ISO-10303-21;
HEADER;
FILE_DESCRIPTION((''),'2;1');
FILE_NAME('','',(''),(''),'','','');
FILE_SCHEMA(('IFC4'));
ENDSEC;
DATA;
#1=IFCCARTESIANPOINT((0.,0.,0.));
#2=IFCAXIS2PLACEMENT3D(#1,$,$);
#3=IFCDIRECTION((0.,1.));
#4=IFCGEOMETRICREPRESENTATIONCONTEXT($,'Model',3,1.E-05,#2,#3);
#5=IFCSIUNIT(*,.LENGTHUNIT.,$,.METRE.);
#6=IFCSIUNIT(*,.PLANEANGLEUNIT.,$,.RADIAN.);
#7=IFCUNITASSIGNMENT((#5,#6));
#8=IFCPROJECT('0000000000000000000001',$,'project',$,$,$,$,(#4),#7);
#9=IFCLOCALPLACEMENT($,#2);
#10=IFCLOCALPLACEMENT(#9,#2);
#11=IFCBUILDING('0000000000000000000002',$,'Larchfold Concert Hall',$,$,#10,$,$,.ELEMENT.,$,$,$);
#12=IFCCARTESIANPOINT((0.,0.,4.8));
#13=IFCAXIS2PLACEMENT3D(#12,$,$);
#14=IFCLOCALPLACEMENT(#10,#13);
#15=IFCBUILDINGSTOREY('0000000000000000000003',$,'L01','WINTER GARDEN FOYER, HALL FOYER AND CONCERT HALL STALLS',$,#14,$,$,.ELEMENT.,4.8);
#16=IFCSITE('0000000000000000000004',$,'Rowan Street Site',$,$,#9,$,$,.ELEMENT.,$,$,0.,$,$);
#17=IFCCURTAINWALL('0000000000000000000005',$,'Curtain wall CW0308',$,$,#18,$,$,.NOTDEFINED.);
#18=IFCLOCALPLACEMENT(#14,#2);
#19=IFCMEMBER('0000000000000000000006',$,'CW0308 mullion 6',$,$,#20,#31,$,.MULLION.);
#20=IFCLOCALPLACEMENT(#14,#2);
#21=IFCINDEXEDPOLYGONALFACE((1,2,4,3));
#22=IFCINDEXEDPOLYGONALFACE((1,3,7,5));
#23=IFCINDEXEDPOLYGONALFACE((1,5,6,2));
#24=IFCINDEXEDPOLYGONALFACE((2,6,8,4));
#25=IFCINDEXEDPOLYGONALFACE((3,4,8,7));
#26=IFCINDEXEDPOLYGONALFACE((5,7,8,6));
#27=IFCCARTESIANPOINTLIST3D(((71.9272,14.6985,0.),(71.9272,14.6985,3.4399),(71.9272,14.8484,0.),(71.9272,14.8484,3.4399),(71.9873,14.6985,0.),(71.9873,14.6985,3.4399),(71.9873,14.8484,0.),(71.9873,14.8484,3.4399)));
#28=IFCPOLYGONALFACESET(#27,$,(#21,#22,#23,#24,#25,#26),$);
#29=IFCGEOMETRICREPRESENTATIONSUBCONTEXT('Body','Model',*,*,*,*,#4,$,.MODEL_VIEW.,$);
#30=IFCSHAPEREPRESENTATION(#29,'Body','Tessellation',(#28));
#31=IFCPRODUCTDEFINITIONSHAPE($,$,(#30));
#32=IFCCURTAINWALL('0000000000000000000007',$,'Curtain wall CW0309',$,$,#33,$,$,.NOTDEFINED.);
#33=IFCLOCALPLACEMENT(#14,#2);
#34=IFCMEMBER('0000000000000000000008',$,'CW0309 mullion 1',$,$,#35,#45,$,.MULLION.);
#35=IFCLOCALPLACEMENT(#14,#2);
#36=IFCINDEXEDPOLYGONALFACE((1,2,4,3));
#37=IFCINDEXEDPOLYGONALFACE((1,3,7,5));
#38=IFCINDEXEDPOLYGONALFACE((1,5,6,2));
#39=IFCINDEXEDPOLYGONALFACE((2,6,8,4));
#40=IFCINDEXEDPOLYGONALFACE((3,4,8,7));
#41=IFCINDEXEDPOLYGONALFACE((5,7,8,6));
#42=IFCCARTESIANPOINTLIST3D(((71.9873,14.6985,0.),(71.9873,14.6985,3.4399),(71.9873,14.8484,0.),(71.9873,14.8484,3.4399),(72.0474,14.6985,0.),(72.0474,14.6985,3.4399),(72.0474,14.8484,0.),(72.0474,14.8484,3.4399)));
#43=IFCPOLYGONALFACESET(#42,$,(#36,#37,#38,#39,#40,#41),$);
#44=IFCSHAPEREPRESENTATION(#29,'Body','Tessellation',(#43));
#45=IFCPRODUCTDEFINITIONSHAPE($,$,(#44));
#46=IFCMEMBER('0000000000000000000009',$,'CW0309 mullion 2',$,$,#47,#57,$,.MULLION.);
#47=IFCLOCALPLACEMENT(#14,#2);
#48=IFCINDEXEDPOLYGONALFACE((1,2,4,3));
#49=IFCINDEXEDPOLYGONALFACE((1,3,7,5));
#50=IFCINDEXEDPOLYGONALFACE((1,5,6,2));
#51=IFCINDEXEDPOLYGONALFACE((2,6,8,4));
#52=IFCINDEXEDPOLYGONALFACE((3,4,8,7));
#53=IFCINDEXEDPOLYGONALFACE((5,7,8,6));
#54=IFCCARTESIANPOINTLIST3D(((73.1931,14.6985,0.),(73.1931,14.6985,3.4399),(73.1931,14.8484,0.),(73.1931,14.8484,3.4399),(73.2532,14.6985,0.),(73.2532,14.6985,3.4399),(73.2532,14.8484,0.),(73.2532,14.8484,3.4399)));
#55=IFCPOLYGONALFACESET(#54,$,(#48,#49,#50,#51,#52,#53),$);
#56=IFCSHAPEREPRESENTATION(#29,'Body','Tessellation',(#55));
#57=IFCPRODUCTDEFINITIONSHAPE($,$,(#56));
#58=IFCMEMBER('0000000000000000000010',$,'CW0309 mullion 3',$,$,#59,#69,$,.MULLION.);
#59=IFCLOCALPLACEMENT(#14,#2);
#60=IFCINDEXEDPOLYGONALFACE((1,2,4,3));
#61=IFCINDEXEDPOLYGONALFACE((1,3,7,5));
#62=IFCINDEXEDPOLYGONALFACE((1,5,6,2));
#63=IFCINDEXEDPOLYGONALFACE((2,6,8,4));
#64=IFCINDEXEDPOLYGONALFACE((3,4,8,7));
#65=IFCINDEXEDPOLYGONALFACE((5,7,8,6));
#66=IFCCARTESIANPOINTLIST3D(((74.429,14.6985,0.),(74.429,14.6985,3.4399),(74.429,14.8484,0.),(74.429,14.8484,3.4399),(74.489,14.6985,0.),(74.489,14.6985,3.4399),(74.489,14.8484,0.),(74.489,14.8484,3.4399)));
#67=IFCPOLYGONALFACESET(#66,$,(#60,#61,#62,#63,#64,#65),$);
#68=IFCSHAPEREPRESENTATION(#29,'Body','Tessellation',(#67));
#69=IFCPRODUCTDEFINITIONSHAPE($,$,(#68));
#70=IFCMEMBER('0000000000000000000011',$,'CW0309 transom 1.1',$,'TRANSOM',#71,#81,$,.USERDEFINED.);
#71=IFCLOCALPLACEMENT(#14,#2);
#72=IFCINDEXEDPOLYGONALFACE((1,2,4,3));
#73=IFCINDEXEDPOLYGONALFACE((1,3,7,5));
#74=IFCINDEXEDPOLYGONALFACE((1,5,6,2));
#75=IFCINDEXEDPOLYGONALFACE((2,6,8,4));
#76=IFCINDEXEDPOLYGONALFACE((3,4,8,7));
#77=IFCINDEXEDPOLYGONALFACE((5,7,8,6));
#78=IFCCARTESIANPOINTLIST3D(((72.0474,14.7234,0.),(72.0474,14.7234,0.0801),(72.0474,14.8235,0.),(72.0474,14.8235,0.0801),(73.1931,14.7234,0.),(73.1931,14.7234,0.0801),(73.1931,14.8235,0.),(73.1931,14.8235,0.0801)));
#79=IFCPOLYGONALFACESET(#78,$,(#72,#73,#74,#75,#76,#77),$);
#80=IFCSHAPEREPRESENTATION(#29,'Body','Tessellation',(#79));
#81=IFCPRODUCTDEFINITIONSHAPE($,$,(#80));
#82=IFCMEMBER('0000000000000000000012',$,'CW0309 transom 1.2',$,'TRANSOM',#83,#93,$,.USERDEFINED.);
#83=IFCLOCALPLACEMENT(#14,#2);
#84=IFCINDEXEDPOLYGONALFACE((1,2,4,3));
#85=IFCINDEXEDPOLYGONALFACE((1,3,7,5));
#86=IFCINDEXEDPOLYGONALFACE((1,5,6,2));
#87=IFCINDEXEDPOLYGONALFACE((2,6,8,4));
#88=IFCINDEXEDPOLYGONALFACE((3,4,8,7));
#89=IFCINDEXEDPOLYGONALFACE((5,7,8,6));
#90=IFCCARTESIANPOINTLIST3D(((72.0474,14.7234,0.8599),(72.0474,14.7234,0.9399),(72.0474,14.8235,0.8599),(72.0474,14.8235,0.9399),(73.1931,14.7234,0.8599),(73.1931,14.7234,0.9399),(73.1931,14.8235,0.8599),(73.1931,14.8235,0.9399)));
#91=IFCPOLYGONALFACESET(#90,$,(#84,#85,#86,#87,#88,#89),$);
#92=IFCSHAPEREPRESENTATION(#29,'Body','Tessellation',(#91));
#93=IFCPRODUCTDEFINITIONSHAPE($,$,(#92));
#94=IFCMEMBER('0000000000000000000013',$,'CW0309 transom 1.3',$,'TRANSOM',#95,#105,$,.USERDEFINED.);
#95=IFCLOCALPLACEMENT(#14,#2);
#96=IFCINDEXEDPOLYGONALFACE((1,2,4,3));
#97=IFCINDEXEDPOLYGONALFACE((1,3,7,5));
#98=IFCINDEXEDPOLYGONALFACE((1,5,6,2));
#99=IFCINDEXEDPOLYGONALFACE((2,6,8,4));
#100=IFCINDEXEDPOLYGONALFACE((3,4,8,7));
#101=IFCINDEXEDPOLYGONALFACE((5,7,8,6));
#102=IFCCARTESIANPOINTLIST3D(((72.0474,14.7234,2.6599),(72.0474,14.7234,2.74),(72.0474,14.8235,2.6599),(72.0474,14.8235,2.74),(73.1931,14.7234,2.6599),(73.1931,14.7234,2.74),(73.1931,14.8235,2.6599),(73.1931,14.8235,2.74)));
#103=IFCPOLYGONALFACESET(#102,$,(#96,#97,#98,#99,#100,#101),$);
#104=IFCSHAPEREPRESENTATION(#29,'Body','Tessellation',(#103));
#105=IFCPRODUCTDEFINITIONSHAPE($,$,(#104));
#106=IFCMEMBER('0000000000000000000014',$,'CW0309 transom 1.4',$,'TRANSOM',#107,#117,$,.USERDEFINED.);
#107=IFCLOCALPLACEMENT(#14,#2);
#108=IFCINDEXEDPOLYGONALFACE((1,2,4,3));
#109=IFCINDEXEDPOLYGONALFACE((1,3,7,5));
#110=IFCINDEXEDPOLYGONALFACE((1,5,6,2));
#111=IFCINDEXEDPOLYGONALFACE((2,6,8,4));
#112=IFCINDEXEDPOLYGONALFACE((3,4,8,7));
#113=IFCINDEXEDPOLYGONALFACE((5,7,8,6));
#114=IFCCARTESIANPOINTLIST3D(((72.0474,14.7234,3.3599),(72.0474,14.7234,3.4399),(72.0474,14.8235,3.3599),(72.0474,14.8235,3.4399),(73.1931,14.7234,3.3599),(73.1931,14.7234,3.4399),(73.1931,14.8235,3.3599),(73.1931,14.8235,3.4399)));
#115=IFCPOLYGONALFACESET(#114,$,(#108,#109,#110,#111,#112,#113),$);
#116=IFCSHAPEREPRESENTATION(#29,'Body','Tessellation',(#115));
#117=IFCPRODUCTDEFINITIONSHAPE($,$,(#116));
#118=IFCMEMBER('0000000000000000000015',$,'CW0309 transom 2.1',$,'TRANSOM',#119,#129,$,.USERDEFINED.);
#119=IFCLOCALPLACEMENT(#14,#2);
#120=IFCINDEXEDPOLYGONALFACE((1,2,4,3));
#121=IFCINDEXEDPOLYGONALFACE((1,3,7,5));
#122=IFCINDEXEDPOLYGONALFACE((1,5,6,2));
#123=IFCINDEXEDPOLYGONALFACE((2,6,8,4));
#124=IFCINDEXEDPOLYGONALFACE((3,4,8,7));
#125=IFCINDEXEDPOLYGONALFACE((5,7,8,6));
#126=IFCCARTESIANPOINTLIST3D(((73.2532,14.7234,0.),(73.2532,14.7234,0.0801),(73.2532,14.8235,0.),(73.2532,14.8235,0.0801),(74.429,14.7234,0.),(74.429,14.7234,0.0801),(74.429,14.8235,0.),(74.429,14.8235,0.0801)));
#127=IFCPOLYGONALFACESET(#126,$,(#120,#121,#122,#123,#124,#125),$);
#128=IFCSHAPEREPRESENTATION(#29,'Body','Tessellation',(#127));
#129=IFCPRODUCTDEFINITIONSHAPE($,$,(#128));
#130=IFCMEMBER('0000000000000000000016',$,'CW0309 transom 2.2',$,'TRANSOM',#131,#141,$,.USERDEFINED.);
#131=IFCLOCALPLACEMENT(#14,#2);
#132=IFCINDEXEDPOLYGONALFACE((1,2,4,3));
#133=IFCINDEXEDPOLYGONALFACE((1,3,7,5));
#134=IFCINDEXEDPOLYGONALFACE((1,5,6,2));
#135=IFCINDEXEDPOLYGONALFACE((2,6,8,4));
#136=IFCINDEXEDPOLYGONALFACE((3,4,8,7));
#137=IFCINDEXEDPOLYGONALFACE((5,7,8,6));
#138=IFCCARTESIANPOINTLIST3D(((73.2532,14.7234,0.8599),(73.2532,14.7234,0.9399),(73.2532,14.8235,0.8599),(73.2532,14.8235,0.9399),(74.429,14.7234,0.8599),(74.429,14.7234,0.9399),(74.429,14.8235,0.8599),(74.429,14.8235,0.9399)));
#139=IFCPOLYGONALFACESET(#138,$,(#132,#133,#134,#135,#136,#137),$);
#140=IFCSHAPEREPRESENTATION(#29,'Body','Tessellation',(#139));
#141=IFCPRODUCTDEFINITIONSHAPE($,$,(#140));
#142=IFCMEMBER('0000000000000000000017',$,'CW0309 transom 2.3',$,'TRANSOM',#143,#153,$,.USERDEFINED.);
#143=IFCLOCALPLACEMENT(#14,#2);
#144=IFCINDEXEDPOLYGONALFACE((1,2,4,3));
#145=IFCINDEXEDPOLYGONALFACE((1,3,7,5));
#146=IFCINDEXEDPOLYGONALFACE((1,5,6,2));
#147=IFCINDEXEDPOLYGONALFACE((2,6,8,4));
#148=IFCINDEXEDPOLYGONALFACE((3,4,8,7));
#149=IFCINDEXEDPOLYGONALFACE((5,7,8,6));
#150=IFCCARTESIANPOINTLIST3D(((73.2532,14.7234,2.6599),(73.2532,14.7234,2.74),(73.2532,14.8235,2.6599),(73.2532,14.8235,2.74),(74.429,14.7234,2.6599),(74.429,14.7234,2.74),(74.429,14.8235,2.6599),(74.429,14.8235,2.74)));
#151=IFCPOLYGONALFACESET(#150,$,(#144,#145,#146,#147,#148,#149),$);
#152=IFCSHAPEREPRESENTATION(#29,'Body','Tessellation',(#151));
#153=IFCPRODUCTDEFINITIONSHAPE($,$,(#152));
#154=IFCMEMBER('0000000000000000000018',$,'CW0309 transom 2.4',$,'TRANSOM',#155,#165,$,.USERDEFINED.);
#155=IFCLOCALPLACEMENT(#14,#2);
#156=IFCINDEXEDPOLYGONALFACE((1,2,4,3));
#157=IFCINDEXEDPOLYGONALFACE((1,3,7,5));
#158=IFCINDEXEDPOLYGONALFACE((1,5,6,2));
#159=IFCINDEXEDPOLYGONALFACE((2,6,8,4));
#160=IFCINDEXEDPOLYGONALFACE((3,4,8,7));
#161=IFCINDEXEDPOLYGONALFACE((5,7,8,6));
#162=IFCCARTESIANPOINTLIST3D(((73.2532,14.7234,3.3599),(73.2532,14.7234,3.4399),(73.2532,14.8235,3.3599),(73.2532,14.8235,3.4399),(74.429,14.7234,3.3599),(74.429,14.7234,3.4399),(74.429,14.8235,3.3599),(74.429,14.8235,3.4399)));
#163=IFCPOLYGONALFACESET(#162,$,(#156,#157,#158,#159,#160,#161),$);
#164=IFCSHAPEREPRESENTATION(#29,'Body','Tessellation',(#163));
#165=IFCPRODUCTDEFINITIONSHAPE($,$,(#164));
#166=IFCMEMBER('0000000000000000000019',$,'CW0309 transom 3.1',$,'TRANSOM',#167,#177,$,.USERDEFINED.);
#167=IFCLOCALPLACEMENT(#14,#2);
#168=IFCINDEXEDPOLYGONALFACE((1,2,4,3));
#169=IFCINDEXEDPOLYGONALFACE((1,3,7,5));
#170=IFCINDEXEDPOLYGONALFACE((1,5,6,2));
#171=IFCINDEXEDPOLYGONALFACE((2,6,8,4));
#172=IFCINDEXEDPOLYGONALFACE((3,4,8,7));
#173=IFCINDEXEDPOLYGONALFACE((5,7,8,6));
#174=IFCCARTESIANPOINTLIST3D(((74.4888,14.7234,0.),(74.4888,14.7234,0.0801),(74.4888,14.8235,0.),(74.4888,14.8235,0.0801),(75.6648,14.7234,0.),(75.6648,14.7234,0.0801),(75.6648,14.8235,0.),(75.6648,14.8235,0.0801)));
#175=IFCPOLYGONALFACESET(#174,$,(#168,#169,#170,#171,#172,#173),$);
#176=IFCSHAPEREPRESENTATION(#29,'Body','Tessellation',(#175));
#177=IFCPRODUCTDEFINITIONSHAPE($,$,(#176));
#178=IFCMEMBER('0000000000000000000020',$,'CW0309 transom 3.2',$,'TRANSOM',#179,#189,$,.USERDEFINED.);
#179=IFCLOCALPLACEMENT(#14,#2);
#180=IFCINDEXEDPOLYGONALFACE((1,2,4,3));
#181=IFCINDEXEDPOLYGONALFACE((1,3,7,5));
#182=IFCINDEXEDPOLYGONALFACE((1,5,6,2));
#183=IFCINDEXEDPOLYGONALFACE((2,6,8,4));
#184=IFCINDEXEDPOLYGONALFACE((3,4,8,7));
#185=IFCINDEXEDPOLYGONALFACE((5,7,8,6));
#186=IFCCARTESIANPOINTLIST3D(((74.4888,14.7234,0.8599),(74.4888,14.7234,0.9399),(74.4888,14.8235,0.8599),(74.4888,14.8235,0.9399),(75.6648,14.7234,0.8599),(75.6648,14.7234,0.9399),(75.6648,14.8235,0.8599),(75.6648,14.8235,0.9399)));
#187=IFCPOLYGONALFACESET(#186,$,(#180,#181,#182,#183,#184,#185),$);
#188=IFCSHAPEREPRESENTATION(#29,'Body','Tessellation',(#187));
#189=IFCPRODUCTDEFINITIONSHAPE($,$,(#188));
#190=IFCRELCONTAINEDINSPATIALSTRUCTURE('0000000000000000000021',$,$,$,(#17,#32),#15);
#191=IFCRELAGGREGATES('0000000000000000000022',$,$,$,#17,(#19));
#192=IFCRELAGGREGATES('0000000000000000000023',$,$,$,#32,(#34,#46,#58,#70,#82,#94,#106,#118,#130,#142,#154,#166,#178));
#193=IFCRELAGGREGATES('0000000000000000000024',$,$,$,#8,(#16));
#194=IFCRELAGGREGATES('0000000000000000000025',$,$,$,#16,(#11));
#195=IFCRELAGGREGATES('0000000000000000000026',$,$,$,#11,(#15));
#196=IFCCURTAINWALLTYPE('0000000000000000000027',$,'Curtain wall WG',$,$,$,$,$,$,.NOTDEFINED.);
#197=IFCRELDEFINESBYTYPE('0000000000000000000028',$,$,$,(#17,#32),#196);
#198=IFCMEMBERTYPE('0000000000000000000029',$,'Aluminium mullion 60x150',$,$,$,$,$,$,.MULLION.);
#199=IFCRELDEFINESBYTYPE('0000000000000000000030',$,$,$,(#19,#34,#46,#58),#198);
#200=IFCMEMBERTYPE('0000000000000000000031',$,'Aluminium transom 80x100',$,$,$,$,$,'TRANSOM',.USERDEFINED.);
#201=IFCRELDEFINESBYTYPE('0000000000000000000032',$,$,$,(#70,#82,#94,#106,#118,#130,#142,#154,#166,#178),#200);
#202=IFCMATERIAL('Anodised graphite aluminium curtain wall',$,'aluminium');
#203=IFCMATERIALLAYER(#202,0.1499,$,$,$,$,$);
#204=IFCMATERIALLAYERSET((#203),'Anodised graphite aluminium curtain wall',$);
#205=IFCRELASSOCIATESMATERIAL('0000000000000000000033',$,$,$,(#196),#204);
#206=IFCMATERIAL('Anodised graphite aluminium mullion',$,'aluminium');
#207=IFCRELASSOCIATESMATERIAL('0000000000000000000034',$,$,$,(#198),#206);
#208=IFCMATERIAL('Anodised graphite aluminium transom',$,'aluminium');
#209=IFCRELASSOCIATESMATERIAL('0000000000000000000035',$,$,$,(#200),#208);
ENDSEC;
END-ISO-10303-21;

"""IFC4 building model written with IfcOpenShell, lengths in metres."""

from ifc_helpers import new_model, si_unit, direction, frame, origin, origin_2d, place, context, subcontext, project, spatial, rectangle, extrude, material, layer, layer_set, material_profile, profile_set, type_object, element, aggregate, save


model = new_model("IFC4")

# Units and contexts
model_context = context("Model", 3, precision=1e-05, world=origin(), true_north=direction((0.0, 1.0)))
body_context = subcontext(model_context, "Body", "Model", "MODEL_VIEW")
ifc_project = project(units=[si_unit("LENGTHUNIT", "METRE"), si_unit("PLANEANGLEUNIT", "RADIAN")], contexts=[model_context])

# Site, building, storey
site_placement = place(None, origin())
site = spatial("IfcSite", under=ifc_project, at=site_placement, Name="Rowan Street Site", CompositionType="ELEMENT", RefElevation=0.0)
building_placement = place(site_placement, origin())
building = spatial("IfcBuilding", under=site, at=building_placement, Name="Larchfold Concert Hall", CompositionType="ELEMENT")
storey_placement = place(building_placement, frame((0.0, 0.0, 4.8)))
storey = spatial("IfcBuildingStorey", under=building, at=storey_placement, Name="L01", Description="WINTER GARDEN FOYER, HALL FOYER AND CONCERT HALL STALLS", CompositionType="ELEMENT", Elevation=4.8)

# Curtain wall, member
ifc_material_1 = material(Name="Anodised graphite aluminium curtain wall", Category="aluminium")
ifc_layer_1 = layer(ifc_material_1, 0.1499)
ifc_layer_set_1 = layer_set([ifc_layer_1], Name="Anodised graphite aluminium curtain wall")
curtain_wall_type = type_object("IfcCurtainWallType", Name="Curtain wall WG", PredefinedType="NOTDEFINED", material=ifc_layer_set_1)
curtain_wall_1_placement = place(storey_placement, origin())
curtain_wall_1 = element("IfcCurtainWall", 1, at=curtain_wall_1_placement, inside=storey, type_object=curtain_wall_type, Name="Curtain wall CW0308", PredefinedType="NOTDEFINED")
ifc_material_2 = material(Name="Anodised graphite aluminium mullion", Category="aluminium")
ifc_material_profile_1 = material_profile(ifc_material_2, rectangle(XDim=0.1499, YDim=0.0601, at=origin_2d()))
ifc_profile_set_1 = profile_set([ifc_material_profile_1], Name="Anodised graphite aluminium mullion")
member_type_1 = type_object("IfcMemberType", Name="Aluminium mullion 60x150", PredefinedType="MULLION", material=ifc_profile_set_1)
member_1_placement = place(storey_placement, frame((71.9573, 14.7734, 0.0), z_axis=(0.0, 0.0, 1.0), x_axis=(0.0, 1.0, 0.0)))
member_1 = element("IfcMember", 2, at=member_1_placement, type_object=member_type_1, Name="CW0308 mullion 6", PredefinedType="MULLION", context=body_context, shape_type="SweptSolid", body=[
    extrude(rectangle(XDim=0.1499, YDim=0.0601, at=origin_2d()), origin(), (0.0, 0.0, 1.0), 3.4399),
])

# Curtain wall, members
curtain_wall_2_placement = place(storey_placement, origin())
curtain_wall_2 = element("IfcCurtainWall", 3, at=curtain_wall_2_placement, inside=storey, type_object=curtain_wall_type, Name="Curtain wall CW0309", PredefinedType="NOTDEFINED")
member_2_placement = place(storey_placement, frame((72.0173, 14.7734, 0.0), z_axis=(0.0, 0.0, 1.0), x_axis=(0.0, 1.0, 0.0)))
member_2 = element("IfcMember", 4, at=member_2_placement, type_object=member_type_1, Name="CW0309 mullion 1", PredefinedType="MULLION", context=body_context, shape_type="SweptSolid", body=[
    extrude(rectangle(XDim=0.1499, YDim=0.0601, at=origin_2d()), origin(), (0.0, 0.0, 1.0), 3.4399),
])
member_3_placement = place(storey_placement, frame((73.2231, 14.7734, 0.0), z_axis=(0.0, 0.0, 1.0), x_axis=(0.0, 1.0, 0.0)))
member_3 = element("IfcMember", 5, at=member_3_placement, type_object=member_type_1, Name="CW0309 mullion 2", PredefinedType="MULLION", context=body_context, shape_type="SweptSolid", body=[
    extrude(rectangle(XDim=0.1499, YDim=0.0601, at=origin_2d()), origin(), (0.0, 0.0, 1.0), 3.4399),
])
member_4_placement = place(storey_placement, frame((74.459, 14.7734, 0.0), z_axis=(0.0, 0.0, 1.0), x_axis=(0.0, 1.0, 0.0)))
member_4 = element("IfcMember", 6, at=member_4_placement, type_object=member_type_1, Name="CW0309 mullion 3", PredefinedType="MULLION", context=body_context, shape_type="SweptSolid", body=[
    extrude(rectangle(XDim=0.1499, YDim=0.0601, at=origin_2d()), origin(), (0.0, 0.0, 1.0), 3.4399),
])
ifc_material_3 = material(Name="Anodised graphite aluminium transom", Category="aluminium")
ifc_material_profile_2 = material_profile(ifc_material_3, rectangle(XDim=0.1001, YDim=0.0801, at=origin_2d()))
ifc_profile_set_2 = profile_set([ifc_material_profile_2], Name="Anodised graphite aluminium transom")
member_type_2 = type_object("IfcMemberType", Name="Aluminium transom 80x100", ElementType="TRANSOM", PredefinedType="USERDEFINED", material=ifc_profile_set_2)
member_5_placement = place(storey_placement, frame((72.0474, 14.7734, 0.04), z_axis=(1.0, 0.0, 0.0), x_axis=(0.0, 1.0, 0.0)))
member_5 = element("IfcMember", 7, at=member_5_placement, type_object=member_type_2, Name="CW0309 transom 1.1", ObjectType="TRANSOM", PredefinedType="USERDEFINED", context=body_context, shape_type="SweptSolid", body=[
    extrude(rectangle(XDim=0.1001, YDim=0.0801, at=origin_2d()), origin(), (0.0, 0.0, 1.0), 1.1458),
])
member_6_placement = place(storey_placement, frame((72.0474, 14.7734, 0.8999), z_axis=(1.0, 0.0, 0.0), x_axis=(0.0, 1.0, 0.0)))
member_6 = element("IfcMember", 8, at=member_6_placement, type_object=member_type_2, Name="CW0309 transom 1.2", ObjectType="TRANSOM", PredefinedType="USERDEFINED", context=body_context, shape_type="SweptSolid", body=[
    extrude(rectangle(XDim=0.1001, YDim=0.0801, at=origin_2d()), origin(), (0.0, 0.0, 1.0), 1.1458),
])
member_7_placement = place(storey_placement, frame((72.0474, 14.7734, 2.7), z_axis=(1.0, 0.0, 0.0), x_axis=(0.0, 1.0, 0.0)))
member_7 = element("IfcMember", 9, at=member_7_placement, type_object=member_type_2, Name="CW0309 transom 1.3", ObjectType="TRANSOM", PredefinedType="USERDEFINED", context=body_context, shape_type="SweptSolid", body=[
    extrude(rectangle(XDim=0.1001, YDim=0.0801, at=origin_2d()), origin(), (0.0, 0.0, 1.0), 1.1458),
])
member_8_placement = place(storey_placement, frame((72.0474, 14.7734, 3.3999), z_axis=(1.0, 0.0, 0.0), x_axis=(0.0, 1.0, 0.0)))
member_8 = element("IfcMember", 10, at=member_8_placement, type_object=member_type_2, Name="CW0309 transom 1.4", ObjectType="TRANSOM", PredefinedType="USERDEFINED", context=body_context, shape_type="SweptSolid", body=[
    extrude(rectangle(XDim=0.1001, YDim=0.0801, at=origin_2d()), origin(), (0.0, 0.0, 1.0), 1.1458),
])
member_9_placement = place(storey_placement, frame((73.2532, 14.7734, 0.04), z_axis=(1.0, 0.0, 0.0), x_axis=(0.0, 1.0, 0.0)))
member_9 = element("IfcMember", 11, at=member_9_placement, type_object=member_type_2, Name="CW0309 transom 2.1", ObjectType="TRANSOM", PredefinedType="USERDEFINED", context=body_context, shape_type="SweptSolid", body=[
    extrude(rectangle(XDim=0.1001, YDim=0.0801, at=origin_2d()), origin(), (0.0, 0.0, 1.0), 1.1758),
])
member_10_placement = place(storey_placement, frame((73.2532, 14.7734, 0.8999), z_axis=(1.0, 0.0, 0.0), x_axis=(0.0, 1.0, 0.0)))
member_10 = element("IfcMember", 12, at=member_10_placement, type_object=member_type_2, Name="CW0309 transom 2.2", ObjectType="TRANSOM", PredefinedType="USERDEFINED", context=body_context, shape_type="SweptSolid", body=[
    extrude(rectangle(XDim=0.1001, YDim=0.0801, at=origin_2d()), origin(), (0.0, 0.0, 1.0), 1.1758),
])
member_11_placement = place(storey_placement, frame((73.2532, 14.7734, 2.7), z_axis=(1.0, 0.0, 0.0), x_axis=(0.0, 1.0, 0.0)))
member_11 = element("IfcMember", 13, at=member_11_placement, type_object=member_type_2, Name="CW0309 transom 2.3", ObjectType="TRANSOM", PredefinedType="USERDEFINED", context=body_context, shape_type="SweptSolid", body=[
    extrude(rectangle(XDim=0.1001, YDim=0.0801, at=origin_2d()), origin(), (0.0, 0.0, 1.0), 1.1758),
])
member_12_placement = place(storey_placement, frame((73.2532, 14.7734, 3.3999), z_axis=(1.0, 0.0, 0.0), x_axis=(0.0, 1.0, 0.0)))
member_12 = element("IfcMember", 14, at=member_12_placement, type_object=member_type_2, Name="CW0309 transom 2.4", ObjectType="TRANSOM", PredefinedType="USERDEFINED", context=body_context, shape_type="SweptSolid", body=[
    extrude(rectangle(XDim=0.1001, YDim=0.0801, at=origin_2d()), origin(), (0.0, 0.0, 1.0), 1.1758),
])
member_13_placement = place(storey_placement, frame((74.4888, 14.7734, 0.04), z_axis=(1.0, 0.0, 0.0), x_axis=(0.0, 1.0, 0.0)))
member_13 = element("IfcMember", 15, at=member_13_placement, type_object=member_type_2, Name="CW0309 transom 3.1", ObjectType="TRANSOM", PredefinedType="USERDEFINED", context=body_context, shape_type="SweptSolid", body=[
    extrude(rectangle(XDim=0.1001, YDim=0.0801, at=origin_2d()), origin(), (0.0, 0.0, 1.0), 1.176),
])
member_14_placement = place(storey_placement, frame((74.4888, 14.7734, 0.8999), z_axis=(1.0, 0.0, 0.0), x_axis=(0.0, 1.0, 0.0)))
member_14 = element("IfcMember", 16, at=member_14_placement, type_object=member_type_2, Name="CW0309 transom 3.2", ObjectType="TRANSOM", PredefinedType="USERDEFINED", context=body_context, shape_type="SweptSolid", body=[
    extrude(rectangle(XDim=0.1001, YDim=0.0801, at=origin_2d()), origin(), (0.0, 0.0, 1.0), 1.176),
])

aggregate(curtain_wall_1, [member_1])
aggregate(curtain_wall_2, [member_2, member_3, member_4, member_5, member_6, member_7, member_8, member_9, member_10, member_11, member_12, member_13, member_14])

save(model, "model.ifc")
